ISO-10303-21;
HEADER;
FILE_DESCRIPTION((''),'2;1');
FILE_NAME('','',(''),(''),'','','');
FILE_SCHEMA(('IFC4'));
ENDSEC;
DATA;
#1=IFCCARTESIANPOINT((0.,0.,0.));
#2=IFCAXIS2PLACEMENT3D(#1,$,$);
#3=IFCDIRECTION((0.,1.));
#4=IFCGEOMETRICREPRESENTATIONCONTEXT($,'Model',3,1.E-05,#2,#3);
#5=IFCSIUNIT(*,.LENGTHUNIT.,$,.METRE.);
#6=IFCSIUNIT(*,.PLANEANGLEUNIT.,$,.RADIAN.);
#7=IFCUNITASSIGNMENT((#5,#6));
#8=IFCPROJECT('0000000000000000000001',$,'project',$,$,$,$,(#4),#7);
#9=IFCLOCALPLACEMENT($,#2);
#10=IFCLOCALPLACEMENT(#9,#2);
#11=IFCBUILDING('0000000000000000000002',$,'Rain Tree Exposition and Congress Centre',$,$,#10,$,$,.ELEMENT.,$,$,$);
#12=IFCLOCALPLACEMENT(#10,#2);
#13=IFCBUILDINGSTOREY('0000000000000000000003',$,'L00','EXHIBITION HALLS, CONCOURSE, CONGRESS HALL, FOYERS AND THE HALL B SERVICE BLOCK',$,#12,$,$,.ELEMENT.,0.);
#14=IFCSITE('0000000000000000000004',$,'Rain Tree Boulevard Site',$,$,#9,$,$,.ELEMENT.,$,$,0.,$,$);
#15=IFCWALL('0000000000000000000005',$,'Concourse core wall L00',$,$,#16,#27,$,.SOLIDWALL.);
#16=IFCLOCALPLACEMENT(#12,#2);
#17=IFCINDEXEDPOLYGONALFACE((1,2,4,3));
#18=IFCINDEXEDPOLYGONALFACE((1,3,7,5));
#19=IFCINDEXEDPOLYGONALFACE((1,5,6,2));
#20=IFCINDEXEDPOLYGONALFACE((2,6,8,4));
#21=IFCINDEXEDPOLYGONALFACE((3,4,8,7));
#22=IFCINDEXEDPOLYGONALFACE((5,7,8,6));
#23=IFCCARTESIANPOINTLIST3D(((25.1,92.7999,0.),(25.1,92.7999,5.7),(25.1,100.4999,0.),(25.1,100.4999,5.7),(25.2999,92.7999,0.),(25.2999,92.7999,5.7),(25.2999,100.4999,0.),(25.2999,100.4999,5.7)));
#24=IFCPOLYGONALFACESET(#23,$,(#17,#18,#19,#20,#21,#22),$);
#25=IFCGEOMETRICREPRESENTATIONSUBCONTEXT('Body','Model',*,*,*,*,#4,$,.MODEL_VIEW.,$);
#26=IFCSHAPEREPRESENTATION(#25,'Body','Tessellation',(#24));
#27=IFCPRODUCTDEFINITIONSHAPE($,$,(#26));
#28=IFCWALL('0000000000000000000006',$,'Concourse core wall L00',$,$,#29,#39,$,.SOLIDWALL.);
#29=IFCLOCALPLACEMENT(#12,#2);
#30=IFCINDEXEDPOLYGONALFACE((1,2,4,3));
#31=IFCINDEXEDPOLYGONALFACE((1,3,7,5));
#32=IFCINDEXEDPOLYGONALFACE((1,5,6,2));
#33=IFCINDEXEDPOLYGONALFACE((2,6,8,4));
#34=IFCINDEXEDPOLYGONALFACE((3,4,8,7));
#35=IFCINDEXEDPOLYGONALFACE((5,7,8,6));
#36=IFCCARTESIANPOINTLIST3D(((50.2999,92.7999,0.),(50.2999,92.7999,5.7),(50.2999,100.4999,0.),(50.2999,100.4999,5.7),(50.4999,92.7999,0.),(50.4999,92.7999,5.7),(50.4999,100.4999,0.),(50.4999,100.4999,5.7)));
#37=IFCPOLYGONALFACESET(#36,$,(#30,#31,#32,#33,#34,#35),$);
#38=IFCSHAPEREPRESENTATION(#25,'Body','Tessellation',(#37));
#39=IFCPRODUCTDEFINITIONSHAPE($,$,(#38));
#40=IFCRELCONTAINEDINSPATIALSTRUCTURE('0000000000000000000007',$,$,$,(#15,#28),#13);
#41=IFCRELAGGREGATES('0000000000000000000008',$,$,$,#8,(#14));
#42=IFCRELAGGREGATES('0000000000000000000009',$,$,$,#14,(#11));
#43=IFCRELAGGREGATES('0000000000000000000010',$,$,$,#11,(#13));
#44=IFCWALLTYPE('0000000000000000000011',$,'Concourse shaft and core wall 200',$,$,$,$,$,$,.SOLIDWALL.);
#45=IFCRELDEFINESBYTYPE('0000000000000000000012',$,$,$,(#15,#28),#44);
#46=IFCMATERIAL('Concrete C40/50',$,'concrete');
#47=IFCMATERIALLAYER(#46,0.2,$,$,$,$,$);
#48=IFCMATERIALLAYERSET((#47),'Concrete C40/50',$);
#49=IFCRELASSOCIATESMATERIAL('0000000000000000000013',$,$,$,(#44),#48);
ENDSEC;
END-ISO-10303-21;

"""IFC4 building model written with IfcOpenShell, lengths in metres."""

from ifc_helpers import new_model, si_unit, direction, frame, frame_2d, origin, place, context, subcontext, project, spatial, rectangle, extrude, material, layer, layer_set, type_object, element, save


model = new_model("IFC4")

# Units and contexts
model_context = context("Model", 3, precision=1e-05, world=origin(), true_north=direction((0.0, 1.0)))
body_context = subcontext(model_context, "Body", "Model", "MODEL_VIEW")
ifc_project = project(units=[si_unit("LENGTHUNIT", "METRE"), si_unit("PLANEANGLEUNIT", "RADIAN")], contexts=[model_context])

# Site, building, storey
site_placement = place(None, origin())
site = spatial("IfcSite", under=ifc_project, at=site_placement, Name="Rain Tree Boulevard Site", CompositionType="ELEMENT", RefElevation=0.0)
building_placement = place(site_placement, origin())
building = spatial("IfcBuilding", under=site, at=building_placement, Name="Rain Tree Exposition and Congress Centre", CompositionType="ELEMENT")
storey_placement = place(building_placement, origin())
storey = spatial("IfcBuildingStorey", under=building, at=storey_placement, Name="L00", Description="EXHIBITION HALLS, CONCOURSE, CONGRESS HALL, FOYERS AND THE HALL B SERVICE BLOCK", CompositionType="ELEMENT", Elevation=0.0)

# Walls
ifc_material_1 = material(Name="Concrete C40/50", Category="concrete")
ifc_layer_1 = layer(ifc_material_1, 0.2)
ifc_layer_set_1 = layer_set([ifc_layer_1], Name="Concrete C40/50")
wall_type_1 = type_object("IfcWallType", Name="Concourse shaft and core wall 200", PredefinedType="SOLIDWALL", material=ifc_layer_set_1)
for number, where, z_axis, x_axis, name in (
    (1, (25.2, 100.5, 0.0), (0.0, 0.0, 1.0), (0.0, -1.0, 0.0), "Concourse core wall L00"),
    (2, (50.3999, 100.5, 0.0), (0.0, 0.0, 1.0), (0.0, -1.0, 0.0), "Concourse core wall L00"),
):
    element("IfcWall", number, at=place(storey_placement, frame(where, z_axis=z_axis, x_axis=x_axis)), inside=storey, type_object=wall_type_1, Name=name, PredefinedType="SOLIDWALL", context=body_context, shape_type="SweptSolid", body=[
        extrude(rectangle(XDim=7.7, YDim=0.2, at=frame_2d((3.8501, 0.0))), origin(), (0.0, 0.0, 1.0), 5.7),
    ])

save(model, "model.ifc")
